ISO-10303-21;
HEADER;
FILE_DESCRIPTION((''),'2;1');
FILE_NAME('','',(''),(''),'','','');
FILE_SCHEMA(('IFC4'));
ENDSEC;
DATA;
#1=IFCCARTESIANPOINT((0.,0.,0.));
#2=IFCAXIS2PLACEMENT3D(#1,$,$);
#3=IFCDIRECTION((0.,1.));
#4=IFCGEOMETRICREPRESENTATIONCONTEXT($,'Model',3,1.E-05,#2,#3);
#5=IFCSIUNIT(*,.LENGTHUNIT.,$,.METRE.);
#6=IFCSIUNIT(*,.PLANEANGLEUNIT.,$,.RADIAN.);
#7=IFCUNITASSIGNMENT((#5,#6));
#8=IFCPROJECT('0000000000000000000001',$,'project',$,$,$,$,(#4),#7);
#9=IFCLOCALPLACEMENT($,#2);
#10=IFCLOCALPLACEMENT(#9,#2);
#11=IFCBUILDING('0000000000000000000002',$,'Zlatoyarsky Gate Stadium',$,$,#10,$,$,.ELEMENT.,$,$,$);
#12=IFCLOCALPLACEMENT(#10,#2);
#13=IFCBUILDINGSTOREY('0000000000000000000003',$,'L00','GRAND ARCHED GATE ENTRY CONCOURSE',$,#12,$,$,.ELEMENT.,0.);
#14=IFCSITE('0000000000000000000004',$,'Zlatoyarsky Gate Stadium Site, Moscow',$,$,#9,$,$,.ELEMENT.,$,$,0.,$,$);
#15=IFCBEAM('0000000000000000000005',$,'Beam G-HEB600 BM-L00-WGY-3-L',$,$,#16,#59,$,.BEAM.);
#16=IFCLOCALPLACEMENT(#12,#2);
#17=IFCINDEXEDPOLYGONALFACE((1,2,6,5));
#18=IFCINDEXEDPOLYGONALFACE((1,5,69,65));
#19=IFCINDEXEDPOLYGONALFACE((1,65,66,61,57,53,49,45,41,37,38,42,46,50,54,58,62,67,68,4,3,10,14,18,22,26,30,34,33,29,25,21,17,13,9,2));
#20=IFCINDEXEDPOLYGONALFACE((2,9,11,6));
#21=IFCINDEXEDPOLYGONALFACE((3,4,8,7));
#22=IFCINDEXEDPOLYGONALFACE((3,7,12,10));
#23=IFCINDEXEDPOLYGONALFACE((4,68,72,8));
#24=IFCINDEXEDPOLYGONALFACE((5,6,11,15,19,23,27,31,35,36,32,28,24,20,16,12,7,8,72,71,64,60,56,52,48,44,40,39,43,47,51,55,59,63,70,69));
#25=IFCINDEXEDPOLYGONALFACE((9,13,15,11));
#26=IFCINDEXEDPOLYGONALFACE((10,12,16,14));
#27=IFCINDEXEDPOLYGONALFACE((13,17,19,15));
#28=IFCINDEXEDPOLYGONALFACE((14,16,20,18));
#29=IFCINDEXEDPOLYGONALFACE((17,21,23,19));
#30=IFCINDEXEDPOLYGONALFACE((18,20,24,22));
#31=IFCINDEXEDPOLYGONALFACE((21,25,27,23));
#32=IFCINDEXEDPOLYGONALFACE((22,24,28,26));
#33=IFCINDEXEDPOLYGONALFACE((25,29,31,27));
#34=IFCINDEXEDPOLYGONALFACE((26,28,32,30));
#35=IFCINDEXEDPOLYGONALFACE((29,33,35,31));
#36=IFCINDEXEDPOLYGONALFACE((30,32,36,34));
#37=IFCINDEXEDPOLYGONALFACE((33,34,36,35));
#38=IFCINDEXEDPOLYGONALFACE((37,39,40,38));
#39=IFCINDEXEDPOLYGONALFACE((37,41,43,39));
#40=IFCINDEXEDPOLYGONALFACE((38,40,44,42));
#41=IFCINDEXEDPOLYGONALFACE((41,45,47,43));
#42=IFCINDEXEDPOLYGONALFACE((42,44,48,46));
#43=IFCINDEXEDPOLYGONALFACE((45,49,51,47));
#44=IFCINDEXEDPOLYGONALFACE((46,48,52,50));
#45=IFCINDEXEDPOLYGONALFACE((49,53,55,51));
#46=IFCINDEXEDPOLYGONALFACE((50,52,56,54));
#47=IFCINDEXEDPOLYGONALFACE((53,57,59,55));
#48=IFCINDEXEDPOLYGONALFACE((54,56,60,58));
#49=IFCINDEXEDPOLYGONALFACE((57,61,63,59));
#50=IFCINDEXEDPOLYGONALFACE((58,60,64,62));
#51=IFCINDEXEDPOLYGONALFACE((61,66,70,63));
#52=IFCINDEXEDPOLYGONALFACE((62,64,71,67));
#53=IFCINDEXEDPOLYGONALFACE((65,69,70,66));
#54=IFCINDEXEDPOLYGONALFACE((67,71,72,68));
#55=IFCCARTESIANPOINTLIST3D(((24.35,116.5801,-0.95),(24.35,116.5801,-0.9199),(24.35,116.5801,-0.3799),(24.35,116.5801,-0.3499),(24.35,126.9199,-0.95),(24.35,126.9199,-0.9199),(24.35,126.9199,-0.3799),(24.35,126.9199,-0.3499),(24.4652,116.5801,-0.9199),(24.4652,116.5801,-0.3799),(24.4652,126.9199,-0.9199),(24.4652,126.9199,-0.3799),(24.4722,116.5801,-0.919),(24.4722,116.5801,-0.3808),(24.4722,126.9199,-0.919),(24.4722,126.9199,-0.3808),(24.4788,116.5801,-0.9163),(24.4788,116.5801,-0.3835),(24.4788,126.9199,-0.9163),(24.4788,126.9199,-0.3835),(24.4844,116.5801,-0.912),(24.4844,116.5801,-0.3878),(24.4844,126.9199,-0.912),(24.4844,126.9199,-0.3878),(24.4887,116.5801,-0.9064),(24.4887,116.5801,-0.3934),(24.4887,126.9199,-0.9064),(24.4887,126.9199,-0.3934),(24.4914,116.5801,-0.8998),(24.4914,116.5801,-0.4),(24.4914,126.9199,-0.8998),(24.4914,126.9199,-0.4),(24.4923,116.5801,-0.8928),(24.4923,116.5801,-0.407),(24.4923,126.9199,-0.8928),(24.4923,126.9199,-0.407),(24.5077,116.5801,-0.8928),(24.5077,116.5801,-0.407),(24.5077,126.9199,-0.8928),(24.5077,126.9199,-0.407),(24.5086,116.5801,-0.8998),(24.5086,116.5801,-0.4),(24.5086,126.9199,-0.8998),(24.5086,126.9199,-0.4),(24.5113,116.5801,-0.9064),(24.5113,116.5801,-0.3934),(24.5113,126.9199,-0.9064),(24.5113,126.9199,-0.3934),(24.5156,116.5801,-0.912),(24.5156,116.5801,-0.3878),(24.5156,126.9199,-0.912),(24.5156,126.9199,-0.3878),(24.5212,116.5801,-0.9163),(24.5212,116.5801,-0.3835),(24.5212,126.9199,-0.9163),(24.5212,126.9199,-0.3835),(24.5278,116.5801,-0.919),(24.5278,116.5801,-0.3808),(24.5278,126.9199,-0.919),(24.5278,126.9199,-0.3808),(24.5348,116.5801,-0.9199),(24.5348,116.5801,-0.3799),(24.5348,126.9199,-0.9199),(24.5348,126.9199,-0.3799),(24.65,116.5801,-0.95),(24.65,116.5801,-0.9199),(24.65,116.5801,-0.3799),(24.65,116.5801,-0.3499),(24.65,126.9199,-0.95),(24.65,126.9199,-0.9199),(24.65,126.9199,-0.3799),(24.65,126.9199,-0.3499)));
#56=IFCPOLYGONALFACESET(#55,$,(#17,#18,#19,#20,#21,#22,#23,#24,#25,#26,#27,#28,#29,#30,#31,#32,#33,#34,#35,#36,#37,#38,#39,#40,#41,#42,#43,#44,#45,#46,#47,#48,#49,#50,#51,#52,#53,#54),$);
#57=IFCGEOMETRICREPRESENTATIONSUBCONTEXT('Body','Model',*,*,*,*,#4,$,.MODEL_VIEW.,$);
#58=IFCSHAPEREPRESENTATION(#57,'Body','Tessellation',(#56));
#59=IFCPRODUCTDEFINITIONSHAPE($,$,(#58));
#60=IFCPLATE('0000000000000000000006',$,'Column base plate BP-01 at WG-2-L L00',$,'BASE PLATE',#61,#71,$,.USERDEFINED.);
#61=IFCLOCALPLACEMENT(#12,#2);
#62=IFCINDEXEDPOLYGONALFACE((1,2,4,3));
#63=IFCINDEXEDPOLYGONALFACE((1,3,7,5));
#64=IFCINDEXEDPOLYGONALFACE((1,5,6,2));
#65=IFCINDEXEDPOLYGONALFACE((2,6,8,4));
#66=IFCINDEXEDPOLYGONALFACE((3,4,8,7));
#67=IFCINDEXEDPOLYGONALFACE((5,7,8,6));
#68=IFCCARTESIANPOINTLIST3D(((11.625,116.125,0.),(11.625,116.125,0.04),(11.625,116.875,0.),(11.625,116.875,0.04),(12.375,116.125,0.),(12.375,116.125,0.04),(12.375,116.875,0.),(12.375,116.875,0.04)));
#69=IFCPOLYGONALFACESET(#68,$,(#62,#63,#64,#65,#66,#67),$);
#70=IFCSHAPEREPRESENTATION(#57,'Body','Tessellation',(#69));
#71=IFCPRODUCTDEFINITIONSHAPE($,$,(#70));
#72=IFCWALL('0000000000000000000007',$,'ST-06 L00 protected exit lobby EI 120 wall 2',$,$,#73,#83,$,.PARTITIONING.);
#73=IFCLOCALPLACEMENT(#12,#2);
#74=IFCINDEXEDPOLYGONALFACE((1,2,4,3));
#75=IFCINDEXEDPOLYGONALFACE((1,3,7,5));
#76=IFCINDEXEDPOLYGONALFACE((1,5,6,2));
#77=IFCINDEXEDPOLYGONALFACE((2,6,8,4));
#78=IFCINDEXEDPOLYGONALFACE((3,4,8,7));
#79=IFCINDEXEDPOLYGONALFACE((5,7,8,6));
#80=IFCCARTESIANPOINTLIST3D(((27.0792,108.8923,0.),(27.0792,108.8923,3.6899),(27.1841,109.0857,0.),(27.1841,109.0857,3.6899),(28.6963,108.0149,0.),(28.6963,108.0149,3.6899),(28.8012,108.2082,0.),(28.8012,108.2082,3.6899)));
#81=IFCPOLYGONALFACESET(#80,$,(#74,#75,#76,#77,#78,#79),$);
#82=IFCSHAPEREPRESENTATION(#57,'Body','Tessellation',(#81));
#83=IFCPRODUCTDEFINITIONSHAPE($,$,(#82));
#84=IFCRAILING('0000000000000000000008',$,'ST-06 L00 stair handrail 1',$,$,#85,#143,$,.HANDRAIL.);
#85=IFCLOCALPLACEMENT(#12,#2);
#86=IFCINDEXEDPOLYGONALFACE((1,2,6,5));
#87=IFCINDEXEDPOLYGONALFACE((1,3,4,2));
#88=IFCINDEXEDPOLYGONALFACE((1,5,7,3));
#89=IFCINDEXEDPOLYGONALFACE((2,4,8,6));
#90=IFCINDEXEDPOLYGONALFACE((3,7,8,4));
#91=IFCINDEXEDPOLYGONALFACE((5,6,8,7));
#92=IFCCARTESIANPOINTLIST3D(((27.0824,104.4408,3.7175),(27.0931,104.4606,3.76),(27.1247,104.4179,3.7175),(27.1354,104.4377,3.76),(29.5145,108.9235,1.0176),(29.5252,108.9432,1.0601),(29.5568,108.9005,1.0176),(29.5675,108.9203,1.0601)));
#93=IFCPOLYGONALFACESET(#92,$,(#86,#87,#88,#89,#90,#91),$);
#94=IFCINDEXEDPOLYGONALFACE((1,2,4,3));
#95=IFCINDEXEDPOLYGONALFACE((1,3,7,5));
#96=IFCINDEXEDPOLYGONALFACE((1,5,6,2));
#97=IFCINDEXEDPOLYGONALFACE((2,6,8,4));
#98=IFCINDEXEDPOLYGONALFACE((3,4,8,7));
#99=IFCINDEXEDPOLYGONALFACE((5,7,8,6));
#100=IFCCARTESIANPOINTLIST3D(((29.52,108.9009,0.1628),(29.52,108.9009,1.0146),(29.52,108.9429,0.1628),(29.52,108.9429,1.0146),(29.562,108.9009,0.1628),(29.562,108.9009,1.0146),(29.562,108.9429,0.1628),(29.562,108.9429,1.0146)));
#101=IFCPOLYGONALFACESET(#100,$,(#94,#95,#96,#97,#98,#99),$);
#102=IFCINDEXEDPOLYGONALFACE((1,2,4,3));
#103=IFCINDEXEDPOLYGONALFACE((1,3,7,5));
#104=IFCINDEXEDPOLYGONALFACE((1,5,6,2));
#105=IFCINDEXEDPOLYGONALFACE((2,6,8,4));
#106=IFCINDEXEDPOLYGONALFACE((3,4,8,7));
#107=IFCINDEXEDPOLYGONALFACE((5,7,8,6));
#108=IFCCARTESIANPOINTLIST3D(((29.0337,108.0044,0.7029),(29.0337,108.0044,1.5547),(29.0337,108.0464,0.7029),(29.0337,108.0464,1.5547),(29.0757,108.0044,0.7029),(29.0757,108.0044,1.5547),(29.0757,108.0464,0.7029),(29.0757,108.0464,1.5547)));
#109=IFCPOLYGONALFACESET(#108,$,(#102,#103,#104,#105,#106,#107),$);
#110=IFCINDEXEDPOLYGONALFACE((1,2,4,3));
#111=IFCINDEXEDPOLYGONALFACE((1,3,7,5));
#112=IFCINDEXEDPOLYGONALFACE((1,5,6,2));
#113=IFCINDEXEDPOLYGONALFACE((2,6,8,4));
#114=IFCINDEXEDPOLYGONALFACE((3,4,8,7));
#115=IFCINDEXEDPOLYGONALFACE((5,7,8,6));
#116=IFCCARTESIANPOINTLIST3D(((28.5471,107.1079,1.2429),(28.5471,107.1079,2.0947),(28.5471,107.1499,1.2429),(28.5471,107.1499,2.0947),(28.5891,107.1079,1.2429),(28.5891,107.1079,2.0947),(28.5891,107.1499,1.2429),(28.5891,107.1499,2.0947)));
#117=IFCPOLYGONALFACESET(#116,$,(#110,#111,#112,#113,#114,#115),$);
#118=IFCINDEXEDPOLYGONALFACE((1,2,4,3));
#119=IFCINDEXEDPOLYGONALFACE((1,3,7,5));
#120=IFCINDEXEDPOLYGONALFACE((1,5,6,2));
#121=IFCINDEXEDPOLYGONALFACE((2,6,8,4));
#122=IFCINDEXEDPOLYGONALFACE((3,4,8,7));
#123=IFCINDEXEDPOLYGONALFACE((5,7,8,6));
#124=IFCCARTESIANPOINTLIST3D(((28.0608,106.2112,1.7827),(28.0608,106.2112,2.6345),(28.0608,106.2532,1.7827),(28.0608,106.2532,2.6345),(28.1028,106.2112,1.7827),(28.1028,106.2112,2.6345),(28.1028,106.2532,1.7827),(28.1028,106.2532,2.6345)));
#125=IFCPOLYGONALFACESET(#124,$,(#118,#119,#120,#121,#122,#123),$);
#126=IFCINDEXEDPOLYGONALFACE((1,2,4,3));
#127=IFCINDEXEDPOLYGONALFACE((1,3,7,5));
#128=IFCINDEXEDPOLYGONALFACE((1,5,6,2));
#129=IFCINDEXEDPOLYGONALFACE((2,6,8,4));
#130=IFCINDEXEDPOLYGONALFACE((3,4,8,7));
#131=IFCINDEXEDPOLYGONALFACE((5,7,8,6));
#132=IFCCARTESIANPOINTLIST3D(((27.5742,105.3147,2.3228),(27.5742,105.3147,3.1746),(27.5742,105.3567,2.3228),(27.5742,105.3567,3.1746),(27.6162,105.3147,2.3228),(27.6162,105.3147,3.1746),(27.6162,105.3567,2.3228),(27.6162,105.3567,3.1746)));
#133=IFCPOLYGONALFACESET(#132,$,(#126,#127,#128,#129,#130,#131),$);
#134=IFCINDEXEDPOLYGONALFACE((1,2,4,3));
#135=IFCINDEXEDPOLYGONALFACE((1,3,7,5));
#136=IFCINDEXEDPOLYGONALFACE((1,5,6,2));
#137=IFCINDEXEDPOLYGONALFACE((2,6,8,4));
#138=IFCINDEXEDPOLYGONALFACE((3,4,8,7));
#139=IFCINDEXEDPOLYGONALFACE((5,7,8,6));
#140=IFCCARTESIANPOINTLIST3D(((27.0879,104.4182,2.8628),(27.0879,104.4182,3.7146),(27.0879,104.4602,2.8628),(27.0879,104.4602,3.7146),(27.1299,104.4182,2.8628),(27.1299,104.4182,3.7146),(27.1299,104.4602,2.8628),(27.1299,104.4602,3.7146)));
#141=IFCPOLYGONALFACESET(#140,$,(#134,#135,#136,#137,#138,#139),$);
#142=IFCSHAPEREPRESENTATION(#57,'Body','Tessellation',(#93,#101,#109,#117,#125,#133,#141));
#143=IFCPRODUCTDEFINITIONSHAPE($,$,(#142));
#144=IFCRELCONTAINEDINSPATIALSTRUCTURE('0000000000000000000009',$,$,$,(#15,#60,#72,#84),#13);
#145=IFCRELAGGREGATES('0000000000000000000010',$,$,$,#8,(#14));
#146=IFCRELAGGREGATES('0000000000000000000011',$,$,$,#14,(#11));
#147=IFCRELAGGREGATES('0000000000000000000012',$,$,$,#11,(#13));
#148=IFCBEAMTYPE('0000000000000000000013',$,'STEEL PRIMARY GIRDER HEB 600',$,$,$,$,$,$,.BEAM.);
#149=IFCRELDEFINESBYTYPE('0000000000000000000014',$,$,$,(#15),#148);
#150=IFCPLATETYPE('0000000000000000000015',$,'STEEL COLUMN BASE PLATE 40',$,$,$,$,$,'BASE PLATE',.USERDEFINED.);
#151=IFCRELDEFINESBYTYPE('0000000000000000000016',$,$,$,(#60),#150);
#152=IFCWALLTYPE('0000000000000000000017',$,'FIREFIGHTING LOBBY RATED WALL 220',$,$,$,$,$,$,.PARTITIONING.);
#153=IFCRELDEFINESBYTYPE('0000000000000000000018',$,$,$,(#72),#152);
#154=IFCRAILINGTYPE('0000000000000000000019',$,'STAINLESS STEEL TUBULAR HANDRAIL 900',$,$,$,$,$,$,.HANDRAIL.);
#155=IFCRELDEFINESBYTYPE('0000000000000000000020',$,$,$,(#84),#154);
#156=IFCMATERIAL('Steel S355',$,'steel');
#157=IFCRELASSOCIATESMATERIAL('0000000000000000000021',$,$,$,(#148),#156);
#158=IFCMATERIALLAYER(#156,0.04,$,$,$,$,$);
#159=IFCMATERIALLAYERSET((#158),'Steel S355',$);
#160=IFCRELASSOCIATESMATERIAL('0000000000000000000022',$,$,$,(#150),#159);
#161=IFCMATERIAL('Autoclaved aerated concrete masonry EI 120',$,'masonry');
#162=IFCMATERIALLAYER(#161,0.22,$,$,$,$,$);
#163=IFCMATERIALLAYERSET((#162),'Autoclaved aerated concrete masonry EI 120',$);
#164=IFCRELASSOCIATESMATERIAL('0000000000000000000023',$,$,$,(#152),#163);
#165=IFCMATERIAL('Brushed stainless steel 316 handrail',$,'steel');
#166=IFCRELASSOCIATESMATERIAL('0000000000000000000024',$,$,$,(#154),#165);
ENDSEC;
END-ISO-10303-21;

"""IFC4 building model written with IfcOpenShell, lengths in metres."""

from ifc_helpers import new_model, si_unit, direction, frame, frame_2d, origin, origin_2d, place, context, subcontext, project, spatial, rectangle, i_section, extrude, material, layer, layer_set, material_profile, profile_set, type_object, element, save


model = new_model("IFC4")

# Units and contexts
model_context = context("Model", 3, precision=1e-05, world=origin(), true_north=direction((0.0, 1.0)))
body_context = subcontext(model_context, "Body", "Model", "MODEL_VIEW")
ifc_project = project(units=[si_unit("LENGTHUNIT", "METRE"), si_unit("PLANEANGLEUNIT", "RADIAN")], contexts=[model_context])

# Site, building, storey
site_placement = place(None, origin())
site = spatial("IfcSite", under=ifc_project, at=site_placement, Name="Zlatoyarsky Gate Stadium Site, Moscow", CompositionType="ELEMENT", RefElevation=0.0)
building_placement = place(site_placement, origin())
building = spatial("IfcBuilding", under=site, at=building_placement, Name="Zlatoyarsky Gate Stadium", CompositionType="ELEMENT")
storey_placement = place(building_placement, origin())
storey = spatial("IfcBuildingStorey", under=building, at=storey_placement, Name="L00", Description="GRAND ARCHED GATE ENTRY CONCOURSE", CompositionType="ELEMENT", Elevation=0.0)

# Shared definitions
ifc_material_1 = material(Name="Steel S355", Category="steel")

# Beam
ifc_material_profile_1 = material_profile(ifc_material_1, i_section(OverallWidth=0.3, OverallDepth=0.6001, WebThickness=0.0154, FlangeThickness=0.03, FilletRadius=0.0271, at=origin_2d()), Name="HEB 600")
ifc_profile_set_1 = profile_set([ifc_material_profile_1], Name="Steel S355")
beam_type_1 = type_object("IfcBeamType", Name="STEEL PRIMARY GIRDER HEB 600", PredefinedType="BEAM", material=ifc_profile_set_1)
for number, where, z_axis, x_axis, name in (
    (1, (24.5, 116.5801, -0.6499), (0.0, 1.0, 0.0), (-1.0, 0.0, 0.0), "Beam G-HEB600 BM-L00-WGY-3-L"),
):
    element("IfcBeam", number, at=place(storey_placement, frame(where, z_axis=z_axis, x_axis=x_axis)), inside=storey, type_object=beam_type_1, Name=name, PredefinedType="BEAM", context=body_context, shape_type="SweptSolid", body=[
        extrude(i_section(OverallWidth=0.3, OverallDepth=0.6001, WebThickness=0.0154, FlangeThickness=0.03, FilletRadius=0.0271, at=origin_2d()), origin(), (0.0, 0.0, 1.0), 10.3398),
    ])

# Plate
ifc_layer_1 = layer(ifc_material_1, 0.04)
ifc_layer_set_1 = layer_set([ifc_layer_1], Name="Steel S355")
plate_type = type_object("IfcPlateType", Name="STEEL COLUMN BASE PLATE 40", ElementType="BASE PLATE", PredefinedType="USERDEFINED", material=ifc_layer_set_1)
plate_placement = place(storey_placement, frame((12.0, 116.5, 0.0), z_axis=(0.0, 0.0, 1.0), x_axis=(1.0, 0.0, 0.0)))
element("IfcPlate", 2, at=plate_placement, inside=storey, type_object=plate_type, Name="Column base plate BP-01 at WG-2-L L00", ObjectType="BASE PLATE", PredefinedType="USERDEFINED", context=body_context, shape_type="SweptSolid", body=[
    extrude(rectangle(XDim=0.75, YDim=0.75, at=origin_2d()), origin(), (0.0, 0.0, 1.0), 0.04),
])

# Wall
ifc_material_2 = material(Name="Autoclaved aerated concrete masonry EI 120", Category="masonry")
ifc_layer_2 = layer(ifc_material_2, 0.22)
ifc_layer_set_2 = layer_set([ifc_layer_2], Name="Autoclaved aerated concrete masonry EI 120")
wall_type_1 = type_object("IfcWallType", Name="FIREFIGHTING LOBBY RATED WALL 220", PredefinedType="PARTITIONING", material=ifc_layer_set_2)
wall_1_placement = place(storey_placement, frame((28.7488, 108.1116, 0.0), z_axis=(0.0, 0.0, 1.0), x_axis=(-0.878958, 0.476899, 0.0)))
element("IfcWall", 3, at=wall_1_placement, inside=storey, type_object=wall_type_1, Name="ST-06 L00 protected exit lobby EI 120 wall 2", PredefinedType="PARTITIONING", context=body_context, shape_type="SweptSolid", body=[
    extrude(rectangle(XDim=1.8398, YDim=0.22, at=frame_2d((0.9199, 0.0))), origin(), (0.0, 0.0, 1.0), 3.6899),
])

# Railing
ifc_material_3 = material(Name="Brushed stainless steel 316 handrail", Category="steel")
railing_type_1 = type_object("IfcRailingType", Name="STAINLESS STEEL TUBULAR HANDRAIL 900", PredefinedType="HANDRAIL", material=ifc_material_3)
railing_1_placement = place(storey_placement, frame((29.541, 108.9219, 0.1628)))
element("IfcRailing", 4, at=railing_1_placement, inside=storey, type_object=railing_type_1, Name="ST-06 L00 stair handrail 1", PredefinedType="HANDRAIL", context=body_context, shape_type="SweptSolid", body=[
    extrude(rectangle(XDim=0.0481, YDim=0.0481, at=origin_2d()), frame((0.0, 0.0, 0.876), z_axis=(-0.421472, -0.776817, 0.467884), x_axis=(0.878962, -0.476892, 0.0)), (0.0, 0.0, 1.0), 5.7705),
    extrude(rectangle(XDim=0.042, YDim=0.042, at=origin_2d()), origin(), (0.0, 0.0, 1.0), 0.8518),
    extrude(rectangle(XDim=0.042, YDim=0.042, at=origin_2d()), frame((-0.4863, -0.8965, 0.54)), (0.0, 0.0, 1.0), 0.8518),
    extrude(rectangle(XDim=0.042, YDim=0.042, at=origin_2d()), frame((-0.9729, -1.793, 1.0801)), (0.0, 0.0, 1.0), 0.8518),
    extrude(rectangle(XDim=0.042, YDim=0.042, at=origin_2d()), frame((-1.4592, -2.6897, 1.6199)), (0.0, 0.0, 1.0), 0.8518),
    extrude(rectangle(XDim=0.042, YDim=0.042, at=origin_2d()), frame((-1.9458, -3.5862, 2.1599)), (0.0, 0.0, 1.0), 0.8518),
    extrude(rectangle(XDim=0.042, YDim=0.042, at=origin_2d()), frame((-2.4321, -4.4827, 2.7)), (0.0, 0.0, 1.0), 0.8518),
])

save(model, "model.ifc")
